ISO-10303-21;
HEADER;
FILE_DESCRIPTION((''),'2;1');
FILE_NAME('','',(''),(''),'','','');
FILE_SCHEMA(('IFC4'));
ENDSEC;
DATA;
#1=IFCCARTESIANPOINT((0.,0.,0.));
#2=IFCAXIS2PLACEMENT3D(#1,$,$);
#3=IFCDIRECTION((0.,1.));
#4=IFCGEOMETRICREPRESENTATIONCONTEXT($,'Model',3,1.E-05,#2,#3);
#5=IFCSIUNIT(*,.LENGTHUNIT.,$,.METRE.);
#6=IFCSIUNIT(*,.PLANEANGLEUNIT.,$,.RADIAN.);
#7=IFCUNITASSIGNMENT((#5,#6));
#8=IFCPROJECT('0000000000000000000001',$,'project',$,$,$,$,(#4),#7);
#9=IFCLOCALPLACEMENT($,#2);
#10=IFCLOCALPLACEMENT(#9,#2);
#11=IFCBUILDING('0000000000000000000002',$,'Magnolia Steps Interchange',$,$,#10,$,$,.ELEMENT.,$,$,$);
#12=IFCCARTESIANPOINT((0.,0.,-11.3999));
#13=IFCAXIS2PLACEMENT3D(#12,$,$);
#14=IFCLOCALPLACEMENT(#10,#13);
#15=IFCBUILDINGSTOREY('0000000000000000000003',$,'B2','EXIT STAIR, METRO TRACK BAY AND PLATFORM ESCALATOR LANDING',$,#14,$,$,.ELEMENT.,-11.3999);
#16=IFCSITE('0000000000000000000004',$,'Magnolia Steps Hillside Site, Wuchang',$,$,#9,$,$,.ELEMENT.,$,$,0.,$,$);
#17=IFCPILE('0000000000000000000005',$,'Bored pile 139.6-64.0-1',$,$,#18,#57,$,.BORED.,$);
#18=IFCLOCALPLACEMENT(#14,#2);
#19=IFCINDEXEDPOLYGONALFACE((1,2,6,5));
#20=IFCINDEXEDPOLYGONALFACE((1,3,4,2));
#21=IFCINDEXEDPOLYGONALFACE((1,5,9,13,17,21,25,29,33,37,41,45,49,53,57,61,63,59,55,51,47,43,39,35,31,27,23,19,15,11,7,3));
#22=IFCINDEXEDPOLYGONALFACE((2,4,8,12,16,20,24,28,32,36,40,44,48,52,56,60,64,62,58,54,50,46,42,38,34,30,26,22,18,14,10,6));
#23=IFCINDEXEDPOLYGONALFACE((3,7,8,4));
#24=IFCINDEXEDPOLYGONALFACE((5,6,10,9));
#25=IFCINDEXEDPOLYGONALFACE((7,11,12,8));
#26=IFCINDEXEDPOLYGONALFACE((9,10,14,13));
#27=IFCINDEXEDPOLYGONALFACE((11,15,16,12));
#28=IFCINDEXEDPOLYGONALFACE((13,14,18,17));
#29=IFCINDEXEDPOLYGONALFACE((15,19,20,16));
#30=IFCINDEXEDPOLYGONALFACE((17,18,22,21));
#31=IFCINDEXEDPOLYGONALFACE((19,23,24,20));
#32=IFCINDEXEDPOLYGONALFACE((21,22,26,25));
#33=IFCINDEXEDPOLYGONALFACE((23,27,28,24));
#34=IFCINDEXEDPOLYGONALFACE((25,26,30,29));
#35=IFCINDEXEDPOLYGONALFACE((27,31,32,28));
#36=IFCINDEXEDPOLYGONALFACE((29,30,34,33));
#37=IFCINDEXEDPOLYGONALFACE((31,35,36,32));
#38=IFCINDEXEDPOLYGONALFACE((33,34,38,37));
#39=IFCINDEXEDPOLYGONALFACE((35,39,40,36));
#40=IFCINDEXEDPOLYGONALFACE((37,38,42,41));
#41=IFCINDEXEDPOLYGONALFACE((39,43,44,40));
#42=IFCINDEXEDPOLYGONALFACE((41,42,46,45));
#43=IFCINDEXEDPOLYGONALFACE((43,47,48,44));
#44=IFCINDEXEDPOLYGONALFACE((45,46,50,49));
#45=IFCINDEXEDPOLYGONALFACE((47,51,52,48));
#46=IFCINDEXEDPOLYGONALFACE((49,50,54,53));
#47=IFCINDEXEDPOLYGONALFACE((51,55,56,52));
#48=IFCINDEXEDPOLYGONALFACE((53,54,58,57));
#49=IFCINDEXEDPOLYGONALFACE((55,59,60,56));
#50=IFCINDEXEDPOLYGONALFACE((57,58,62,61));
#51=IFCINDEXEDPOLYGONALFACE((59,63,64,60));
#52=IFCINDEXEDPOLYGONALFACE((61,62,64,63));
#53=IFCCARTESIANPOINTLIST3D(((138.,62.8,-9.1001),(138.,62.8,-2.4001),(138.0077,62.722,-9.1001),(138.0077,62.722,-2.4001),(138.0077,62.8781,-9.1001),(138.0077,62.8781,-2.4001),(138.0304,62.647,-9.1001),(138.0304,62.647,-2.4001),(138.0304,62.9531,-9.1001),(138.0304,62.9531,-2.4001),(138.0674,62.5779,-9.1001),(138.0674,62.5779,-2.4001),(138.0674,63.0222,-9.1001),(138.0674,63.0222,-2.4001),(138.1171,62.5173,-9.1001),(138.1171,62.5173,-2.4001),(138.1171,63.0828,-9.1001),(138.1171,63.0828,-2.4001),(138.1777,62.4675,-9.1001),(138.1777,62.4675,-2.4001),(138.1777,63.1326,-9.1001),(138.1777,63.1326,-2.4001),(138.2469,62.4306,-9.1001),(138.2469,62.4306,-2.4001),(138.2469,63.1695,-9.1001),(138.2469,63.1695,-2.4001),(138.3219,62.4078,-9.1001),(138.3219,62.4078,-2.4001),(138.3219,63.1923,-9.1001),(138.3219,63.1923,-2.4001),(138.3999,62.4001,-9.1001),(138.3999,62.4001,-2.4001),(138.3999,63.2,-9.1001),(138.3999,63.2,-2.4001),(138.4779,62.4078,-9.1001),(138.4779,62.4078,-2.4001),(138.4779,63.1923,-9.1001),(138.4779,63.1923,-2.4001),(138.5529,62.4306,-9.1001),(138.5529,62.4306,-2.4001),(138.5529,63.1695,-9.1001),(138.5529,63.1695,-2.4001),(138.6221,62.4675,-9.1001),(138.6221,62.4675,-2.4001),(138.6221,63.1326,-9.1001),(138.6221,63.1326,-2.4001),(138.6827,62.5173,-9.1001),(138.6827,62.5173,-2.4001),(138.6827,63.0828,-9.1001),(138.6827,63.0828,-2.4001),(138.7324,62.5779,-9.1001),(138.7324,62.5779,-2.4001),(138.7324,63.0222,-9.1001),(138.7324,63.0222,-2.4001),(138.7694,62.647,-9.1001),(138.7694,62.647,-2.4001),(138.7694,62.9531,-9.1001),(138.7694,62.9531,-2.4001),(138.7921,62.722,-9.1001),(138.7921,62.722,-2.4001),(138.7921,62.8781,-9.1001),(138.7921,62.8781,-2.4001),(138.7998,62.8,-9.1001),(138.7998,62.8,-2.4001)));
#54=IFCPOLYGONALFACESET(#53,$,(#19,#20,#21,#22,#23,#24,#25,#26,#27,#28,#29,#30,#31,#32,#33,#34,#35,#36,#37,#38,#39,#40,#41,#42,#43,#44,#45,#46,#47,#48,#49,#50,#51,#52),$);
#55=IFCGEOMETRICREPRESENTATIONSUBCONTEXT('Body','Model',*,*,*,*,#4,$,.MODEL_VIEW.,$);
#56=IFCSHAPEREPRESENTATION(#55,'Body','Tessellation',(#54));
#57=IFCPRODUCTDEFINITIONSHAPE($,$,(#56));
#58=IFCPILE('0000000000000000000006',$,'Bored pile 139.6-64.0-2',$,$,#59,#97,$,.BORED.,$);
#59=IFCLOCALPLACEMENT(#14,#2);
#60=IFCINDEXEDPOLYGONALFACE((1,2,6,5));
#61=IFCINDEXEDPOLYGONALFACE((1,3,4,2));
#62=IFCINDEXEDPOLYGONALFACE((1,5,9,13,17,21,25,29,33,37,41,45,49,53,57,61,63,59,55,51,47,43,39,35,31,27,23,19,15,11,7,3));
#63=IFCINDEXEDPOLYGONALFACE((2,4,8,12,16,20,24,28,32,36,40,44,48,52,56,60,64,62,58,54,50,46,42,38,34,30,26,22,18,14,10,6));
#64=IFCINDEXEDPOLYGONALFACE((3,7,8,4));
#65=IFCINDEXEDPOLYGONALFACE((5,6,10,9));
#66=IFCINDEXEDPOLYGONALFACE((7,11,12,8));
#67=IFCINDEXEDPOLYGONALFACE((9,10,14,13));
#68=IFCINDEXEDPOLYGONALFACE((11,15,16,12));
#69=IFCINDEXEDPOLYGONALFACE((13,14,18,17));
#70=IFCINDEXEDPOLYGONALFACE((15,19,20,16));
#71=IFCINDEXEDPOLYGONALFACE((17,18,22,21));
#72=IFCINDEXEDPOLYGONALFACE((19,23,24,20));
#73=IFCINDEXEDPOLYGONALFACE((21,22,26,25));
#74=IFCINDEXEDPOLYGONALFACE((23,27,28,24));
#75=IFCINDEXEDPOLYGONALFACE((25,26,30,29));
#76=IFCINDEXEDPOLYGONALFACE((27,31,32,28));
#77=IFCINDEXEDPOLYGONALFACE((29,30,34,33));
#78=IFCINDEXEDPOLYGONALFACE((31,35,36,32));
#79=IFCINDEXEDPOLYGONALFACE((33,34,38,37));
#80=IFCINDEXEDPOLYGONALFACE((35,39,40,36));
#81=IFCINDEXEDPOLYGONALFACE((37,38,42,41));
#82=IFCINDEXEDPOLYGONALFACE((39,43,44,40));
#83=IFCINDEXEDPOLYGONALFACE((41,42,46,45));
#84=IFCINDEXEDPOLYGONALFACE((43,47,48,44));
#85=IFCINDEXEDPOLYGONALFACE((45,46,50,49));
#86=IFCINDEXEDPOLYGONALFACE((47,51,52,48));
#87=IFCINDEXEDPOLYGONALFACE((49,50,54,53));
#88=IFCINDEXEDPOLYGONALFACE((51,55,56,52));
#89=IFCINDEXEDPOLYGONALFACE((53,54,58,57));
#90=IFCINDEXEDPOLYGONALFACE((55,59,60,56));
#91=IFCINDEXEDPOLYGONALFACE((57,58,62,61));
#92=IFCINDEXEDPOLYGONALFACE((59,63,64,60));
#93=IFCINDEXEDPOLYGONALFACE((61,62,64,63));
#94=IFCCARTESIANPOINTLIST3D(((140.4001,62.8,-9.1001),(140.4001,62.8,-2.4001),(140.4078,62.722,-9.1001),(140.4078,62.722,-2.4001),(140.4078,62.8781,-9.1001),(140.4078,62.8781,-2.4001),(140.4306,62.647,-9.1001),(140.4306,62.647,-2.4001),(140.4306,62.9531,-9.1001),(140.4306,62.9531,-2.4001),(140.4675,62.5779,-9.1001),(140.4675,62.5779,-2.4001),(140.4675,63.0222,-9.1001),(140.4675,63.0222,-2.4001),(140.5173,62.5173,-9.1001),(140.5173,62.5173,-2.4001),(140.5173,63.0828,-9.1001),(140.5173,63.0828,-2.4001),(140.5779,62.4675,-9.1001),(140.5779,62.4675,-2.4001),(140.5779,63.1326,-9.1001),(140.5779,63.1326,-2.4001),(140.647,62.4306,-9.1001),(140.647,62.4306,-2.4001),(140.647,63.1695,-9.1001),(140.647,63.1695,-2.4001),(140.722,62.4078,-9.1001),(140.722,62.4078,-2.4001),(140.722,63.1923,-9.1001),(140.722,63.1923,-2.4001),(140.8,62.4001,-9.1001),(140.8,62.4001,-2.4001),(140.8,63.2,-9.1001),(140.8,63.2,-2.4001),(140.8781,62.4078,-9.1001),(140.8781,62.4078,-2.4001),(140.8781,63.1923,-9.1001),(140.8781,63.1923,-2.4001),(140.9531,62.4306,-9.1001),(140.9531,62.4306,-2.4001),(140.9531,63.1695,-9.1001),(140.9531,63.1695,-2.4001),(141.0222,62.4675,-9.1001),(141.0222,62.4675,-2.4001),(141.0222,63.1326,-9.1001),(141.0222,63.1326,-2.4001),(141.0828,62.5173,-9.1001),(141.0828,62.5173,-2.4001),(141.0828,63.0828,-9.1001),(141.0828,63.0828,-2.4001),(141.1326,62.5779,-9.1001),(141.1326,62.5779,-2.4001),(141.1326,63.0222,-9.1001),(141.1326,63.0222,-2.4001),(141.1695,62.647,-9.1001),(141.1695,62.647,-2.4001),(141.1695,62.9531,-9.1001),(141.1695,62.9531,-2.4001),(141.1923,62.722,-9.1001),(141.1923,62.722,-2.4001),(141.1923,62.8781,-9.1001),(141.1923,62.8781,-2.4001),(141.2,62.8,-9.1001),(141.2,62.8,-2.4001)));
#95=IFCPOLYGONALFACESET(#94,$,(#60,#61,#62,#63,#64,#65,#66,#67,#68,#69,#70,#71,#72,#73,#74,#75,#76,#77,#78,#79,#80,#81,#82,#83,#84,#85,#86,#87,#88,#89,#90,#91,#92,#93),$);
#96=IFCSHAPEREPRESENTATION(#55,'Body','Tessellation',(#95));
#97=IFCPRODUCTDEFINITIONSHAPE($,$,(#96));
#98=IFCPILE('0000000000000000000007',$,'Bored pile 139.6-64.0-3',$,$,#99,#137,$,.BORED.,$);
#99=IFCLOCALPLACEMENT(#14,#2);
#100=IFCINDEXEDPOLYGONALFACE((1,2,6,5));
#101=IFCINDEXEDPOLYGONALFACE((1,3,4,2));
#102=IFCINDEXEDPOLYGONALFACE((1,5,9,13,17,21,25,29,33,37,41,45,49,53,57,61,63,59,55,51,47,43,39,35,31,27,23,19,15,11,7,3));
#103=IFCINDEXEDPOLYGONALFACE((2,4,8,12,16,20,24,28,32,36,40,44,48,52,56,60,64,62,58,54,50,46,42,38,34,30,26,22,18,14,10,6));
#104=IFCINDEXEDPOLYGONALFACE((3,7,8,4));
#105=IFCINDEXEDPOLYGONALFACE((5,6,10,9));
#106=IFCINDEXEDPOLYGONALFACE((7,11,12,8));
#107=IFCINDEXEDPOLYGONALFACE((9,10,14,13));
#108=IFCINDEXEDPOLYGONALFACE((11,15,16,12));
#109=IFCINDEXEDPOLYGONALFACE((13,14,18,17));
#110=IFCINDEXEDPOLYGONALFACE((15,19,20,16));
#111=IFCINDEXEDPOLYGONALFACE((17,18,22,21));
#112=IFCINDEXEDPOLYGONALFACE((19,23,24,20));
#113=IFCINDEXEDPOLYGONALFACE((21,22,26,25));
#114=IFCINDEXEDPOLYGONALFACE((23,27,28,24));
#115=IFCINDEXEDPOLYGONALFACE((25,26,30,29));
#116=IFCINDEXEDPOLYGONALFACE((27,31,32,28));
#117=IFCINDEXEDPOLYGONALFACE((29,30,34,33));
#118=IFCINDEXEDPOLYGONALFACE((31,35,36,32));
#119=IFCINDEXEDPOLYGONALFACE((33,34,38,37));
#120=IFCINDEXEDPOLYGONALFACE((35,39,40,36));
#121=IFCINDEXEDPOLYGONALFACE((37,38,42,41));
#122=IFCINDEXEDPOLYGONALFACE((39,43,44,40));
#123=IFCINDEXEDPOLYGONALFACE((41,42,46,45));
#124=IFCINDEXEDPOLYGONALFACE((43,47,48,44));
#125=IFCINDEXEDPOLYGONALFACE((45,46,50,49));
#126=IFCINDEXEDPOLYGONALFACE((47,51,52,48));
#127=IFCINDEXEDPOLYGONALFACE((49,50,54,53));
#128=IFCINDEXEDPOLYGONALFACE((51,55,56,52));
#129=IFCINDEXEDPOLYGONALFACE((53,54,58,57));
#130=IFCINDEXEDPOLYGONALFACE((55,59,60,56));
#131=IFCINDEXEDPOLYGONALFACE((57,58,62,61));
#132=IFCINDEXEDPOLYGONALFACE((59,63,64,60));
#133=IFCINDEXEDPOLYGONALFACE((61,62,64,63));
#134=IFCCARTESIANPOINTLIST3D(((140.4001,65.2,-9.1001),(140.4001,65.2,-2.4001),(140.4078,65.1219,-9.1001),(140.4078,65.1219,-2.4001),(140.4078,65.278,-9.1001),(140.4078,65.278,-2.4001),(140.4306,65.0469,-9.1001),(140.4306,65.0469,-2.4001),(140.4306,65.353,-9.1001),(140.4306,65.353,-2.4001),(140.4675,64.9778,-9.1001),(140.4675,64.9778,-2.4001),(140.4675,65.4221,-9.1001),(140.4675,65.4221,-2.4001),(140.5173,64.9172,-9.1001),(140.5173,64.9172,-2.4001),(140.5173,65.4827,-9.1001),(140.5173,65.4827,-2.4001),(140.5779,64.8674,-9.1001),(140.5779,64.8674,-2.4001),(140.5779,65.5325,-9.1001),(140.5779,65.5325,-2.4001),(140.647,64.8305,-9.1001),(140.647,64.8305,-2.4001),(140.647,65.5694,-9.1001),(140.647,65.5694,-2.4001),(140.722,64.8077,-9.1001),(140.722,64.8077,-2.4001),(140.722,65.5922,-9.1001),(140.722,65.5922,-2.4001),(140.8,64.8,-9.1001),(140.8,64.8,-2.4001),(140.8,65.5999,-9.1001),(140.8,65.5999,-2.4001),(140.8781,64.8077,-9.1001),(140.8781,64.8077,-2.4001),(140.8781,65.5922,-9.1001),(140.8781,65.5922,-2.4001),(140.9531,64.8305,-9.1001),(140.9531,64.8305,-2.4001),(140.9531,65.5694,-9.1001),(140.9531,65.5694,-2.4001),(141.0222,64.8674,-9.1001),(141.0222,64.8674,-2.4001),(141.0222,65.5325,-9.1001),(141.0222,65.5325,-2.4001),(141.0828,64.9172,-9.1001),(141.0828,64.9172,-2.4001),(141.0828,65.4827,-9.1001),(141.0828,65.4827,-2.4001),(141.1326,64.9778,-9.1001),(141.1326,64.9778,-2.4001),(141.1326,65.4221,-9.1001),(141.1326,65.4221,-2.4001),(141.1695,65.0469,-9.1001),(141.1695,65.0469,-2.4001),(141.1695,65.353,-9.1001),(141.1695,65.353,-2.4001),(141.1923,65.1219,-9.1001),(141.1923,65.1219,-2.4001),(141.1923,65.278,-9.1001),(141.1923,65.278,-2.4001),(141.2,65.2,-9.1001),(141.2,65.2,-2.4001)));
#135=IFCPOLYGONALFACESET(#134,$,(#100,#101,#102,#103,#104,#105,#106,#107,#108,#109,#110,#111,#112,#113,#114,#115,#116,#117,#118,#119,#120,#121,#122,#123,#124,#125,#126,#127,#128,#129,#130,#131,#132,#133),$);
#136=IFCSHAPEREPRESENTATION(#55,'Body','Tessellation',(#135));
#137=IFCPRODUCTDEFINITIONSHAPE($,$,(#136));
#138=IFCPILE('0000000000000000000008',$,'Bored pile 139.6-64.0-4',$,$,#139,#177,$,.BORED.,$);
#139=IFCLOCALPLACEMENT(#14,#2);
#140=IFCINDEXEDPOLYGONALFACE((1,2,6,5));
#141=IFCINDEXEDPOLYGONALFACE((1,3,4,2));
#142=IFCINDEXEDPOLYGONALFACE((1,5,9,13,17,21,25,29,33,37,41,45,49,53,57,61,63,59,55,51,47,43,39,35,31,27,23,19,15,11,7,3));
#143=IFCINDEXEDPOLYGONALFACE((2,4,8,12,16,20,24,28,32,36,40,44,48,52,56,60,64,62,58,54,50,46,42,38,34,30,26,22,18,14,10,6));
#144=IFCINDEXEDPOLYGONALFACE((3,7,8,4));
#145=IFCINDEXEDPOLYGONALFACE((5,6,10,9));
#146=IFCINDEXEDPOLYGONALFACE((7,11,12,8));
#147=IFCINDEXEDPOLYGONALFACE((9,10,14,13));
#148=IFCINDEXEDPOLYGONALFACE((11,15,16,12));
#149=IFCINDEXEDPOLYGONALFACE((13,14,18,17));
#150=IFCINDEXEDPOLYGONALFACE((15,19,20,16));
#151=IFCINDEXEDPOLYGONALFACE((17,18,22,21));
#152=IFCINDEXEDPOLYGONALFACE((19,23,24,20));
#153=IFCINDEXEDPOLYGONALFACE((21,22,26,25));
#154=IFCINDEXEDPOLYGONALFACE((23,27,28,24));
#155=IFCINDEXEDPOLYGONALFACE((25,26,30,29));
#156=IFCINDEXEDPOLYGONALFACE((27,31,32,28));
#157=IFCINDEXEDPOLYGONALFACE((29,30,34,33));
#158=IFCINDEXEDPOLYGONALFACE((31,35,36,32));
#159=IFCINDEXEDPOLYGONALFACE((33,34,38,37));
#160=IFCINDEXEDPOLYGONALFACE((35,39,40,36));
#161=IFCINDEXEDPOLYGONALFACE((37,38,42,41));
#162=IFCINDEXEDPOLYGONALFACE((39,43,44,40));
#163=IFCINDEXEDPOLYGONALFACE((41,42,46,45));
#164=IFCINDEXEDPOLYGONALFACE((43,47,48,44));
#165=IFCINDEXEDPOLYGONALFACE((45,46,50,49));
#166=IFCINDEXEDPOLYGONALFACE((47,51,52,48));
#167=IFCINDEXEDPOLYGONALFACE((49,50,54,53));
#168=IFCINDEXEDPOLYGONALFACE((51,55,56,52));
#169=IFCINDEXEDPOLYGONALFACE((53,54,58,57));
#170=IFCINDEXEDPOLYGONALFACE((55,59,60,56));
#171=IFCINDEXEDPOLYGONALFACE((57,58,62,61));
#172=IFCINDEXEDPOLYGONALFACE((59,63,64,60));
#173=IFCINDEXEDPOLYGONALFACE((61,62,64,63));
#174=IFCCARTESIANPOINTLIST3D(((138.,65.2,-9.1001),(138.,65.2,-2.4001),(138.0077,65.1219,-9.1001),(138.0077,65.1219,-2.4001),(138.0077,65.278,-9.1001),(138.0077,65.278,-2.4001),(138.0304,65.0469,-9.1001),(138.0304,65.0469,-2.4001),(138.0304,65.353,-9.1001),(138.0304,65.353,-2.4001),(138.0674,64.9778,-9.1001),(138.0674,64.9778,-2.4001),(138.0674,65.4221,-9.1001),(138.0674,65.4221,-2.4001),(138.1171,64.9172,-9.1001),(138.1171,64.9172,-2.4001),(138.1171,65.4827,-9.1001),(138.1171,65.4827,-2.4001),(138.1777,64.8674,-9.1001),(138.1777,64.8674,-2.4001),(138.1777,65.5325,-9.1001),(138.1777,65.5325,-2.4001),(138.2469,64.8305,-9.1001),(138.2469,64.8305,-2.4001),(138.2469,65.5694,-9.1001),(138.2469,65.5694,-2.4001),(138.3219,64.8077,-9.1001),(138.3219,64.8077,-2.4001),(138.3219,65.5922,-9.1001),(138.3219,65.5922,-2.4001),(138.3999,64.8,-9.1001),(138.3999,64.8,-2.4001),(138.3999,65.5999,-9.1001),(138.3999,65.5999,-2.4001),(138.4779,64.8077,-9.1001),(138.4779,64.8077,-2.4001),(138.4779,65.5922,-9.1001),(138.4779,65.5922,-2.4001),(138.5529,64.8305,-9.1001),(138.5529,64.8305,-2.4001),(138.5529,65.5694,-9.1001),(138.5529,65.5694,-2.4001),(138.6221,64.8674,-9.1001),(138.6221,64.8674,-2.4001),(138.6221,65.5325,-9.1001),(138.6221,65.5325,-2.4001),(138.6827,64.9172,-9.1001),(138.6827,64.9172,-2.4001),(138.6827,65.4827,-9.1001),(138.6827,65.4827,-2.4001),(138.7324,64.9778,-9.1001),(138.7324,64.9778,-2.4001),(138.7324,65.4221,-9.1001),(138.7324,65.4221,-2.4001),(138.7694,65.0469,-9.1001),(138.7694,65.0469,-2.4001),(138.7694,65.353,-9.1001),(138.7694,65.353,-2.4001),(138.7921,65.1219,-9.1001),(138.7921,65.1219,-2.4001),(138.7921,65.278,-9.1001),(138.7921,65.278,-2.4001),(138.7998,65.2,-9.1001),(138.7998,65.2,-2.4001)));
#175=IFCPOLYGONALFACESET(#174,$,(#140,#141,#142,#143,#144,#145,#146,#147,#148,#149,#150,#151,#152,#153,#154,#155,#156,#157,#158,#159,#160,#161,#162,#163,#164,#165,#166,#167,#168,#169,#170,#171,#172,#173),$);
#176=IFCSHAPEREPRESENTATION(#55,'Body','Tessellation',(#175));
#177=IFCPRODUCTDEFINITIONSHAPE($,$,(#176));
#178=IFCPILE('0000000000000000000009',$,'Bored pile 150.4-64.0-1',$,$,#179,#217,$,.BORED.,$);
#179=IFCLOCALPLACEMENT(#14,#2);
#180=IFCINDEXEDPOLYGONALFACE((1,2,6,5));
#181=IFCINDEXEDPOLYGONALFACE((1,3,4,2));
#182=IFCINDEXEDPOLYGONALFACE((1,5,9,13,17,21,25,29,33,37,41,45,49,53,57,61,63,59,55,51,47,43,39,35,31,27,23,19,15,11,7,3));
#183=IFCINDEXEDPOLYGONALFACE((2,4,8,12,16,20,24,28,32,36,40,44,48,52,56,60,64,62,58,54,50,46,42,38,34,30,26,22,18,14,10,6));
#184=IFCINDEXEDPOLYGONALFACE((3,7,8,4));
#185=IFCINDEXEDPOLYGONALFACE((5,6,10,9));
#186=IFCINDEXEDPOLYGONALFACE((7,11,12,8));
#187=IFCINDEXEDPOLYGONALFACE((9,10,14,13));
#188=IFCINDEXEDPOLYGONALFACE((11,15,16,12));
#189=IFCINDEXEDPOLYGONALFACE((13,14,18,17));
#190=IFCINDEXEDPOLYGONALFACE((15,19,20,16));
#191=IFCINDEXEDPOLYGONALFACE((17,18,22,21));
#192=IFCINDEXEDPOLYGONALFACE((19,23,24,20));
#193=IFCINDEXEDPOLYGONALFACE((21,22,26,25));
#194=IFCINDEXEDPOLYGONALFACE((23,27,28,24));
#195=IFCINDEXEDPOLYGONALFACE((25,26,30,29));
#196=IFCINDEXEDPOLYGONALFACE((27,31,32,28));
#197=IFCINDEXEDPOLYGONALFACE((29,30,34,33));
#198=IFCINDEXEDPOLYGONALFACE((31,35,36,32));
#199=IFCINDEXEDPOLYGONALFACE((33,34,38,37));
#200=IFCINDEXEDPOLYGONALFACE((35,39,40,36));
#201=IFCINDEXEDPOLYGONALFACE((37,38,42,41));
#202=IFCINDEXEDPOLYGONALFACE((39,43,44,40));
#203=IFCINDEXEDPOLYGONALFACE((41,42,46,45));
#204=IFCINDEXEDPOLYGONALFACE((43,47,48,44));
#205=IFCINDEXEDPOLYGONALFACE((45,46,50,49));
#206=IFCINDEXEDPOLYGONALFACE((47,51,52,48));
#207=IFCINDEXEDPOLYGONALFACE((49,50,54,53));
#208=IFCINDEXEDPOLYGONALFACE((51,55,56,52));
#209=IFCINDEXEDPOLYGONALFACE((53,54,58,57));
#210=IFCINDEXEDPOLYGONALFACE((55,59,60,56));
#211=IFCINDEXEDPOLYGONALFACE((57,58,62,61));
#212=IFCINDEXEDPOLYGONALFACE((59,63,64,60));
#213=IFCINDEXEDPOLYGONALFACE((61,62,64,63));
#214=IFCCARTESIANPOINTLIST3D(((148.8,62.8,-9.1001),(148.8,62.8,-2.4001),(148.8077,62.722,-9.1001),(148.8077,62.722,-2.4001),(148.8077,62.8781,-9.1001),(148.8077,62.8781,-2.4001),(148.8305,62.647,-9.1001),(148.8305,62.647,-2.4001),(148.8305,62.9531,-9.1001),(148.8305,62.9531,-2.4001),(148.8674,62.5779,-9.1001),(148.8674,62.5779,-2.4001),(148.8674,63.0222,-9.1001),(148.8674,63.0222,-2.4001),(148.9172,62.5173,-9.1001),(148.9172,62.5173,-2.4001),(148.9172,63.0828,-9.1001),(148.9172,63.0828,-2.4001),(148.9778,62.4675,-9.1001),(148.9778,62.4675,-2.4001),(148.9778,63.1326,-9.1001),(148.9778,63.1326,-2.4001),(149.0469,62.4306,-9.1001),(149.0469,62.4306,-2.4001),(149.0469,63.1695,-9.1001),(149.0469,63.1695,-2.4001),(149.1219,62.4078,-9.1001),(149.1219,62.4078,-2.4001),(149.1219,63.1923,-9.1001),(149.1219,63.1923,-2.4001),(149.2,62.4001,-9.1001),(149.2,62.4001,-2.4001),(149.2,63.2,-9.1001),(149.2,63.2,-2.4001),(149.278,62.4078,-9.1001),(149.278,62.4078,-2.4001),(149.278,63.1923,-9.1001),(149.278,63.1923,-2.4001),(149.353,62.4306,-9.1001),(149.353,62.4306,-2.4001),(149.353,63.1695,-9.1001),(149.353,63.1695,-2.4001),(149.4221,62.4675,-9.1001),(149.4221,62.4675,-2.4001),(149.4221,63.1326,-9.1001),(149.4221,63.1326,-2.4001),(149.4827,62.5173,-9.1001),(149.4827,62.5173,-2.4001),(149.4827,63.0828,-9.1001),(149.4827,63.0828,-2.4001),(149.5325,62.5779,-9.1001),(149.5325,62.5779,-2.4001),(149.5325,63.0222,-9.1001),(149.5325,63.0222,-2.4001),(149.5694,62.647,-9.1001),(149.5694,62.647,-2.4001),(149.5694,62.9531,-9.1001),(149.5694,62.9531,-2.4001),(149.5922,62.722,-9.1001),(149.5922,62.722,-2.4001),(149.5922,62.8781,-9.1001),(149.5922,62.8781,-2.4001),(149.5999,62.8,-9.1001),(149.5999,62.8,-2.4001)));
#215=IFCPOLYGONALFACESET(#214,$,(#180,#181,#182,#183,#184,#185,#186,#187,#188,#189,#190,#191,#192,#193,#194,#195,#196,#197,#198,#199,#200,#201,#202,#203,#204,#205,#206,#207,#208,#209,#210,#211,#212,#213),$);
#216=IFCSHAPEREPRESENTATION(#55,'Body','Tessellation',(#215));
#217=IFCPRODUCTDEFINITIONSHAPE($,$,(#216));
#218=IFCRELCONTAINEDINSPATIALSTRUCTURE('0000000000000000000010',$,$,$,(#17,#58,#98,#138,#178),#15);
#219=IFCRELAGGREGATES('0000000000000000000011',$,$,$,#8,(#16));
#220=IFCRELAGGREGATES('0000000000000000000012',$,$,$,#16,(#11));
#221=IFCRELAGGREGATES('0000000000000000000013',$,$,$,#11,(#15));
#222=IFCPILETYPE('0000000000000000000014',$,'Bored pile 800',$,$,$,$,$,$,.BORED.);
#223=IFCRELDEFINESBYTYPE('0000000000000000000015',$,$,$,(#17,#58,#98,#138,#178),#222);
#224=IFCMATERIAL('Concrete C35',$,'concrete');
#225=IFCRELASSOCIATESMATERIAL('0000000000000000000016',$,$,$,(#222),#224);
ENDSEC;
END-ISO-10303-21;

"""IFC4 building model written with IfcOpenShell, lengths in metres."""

from ifc_helpers import new_model, si_unit, direction, frame, origin, origin_2d, place, context, subcontext, project, spatial, circle, extrude, material, material_profile, profile_set, type_object, element, save


model = new_model("IFC4")

# Units and contexts
model_context = context("Model", 3, precision=1e-05, world=origin(), true_north=direction((0.0, 1.0)))
body_context = subcontext(model_context, "Body", "Model", "MODEL_VIEW")
ifc_project = project(units=[si_unit("LENGTHUNIT", "METRE"), si_unit("PLANEANGLEUNIT", "RADIAN")], contexts=[model_context])

# Site, building, storey
site_placement = place(None, origin())
site = spatial("IfcSite", under=ifc_project, at=site_placement, Name="Magnolia Steps Hillside Site, Wuchang", CompositionType="ELEMENT", RefElevation=0.0)
building_placement = place(site_placement, origin())
building = spatial("IfcBuilding", under=site, at=building_placement, Name="Magnolia Steps Interchange", CompositionType="ELEMENT")
storey_placement = place(building_placement, frame((0.0, 0.0, -11.3999)))
storey = spatial("IfcBuildingStorey", under=building, at=storey_placement, Name="B2", Description="EXIT STAIR, METRO TRACK BAY AND PLATFORM ESCALATOR LANDING", CompositionType="ELEMENT", Elevation=-11.3999)

# Piles
ifc_material_1 = material(Name="Concrete C35", Category="concrete")
ifc_material_profile_1 = material_profile(ifc_material_1, circle(Radius=0.3999, at=origin_2d()), Name="Bored pile 800")
ifc_profile_set_1 = profile_set([ifc_material_profile_1], Name="Concrete C35")
pile_type_1 = type_object("IfcPileType", Name="Bored pile 800", PredefinedType="BORED", material=ifc_profile_set_1)
for number, where, z_axis, x_axis, name in (
    (1, (138.3999, 62.8, -2.4001), (0.0, 0.0, -1.0), (1.0, 0.0, 0.0), "Bored pile 139.6-64.0-1"),
    (2, (140.8, 62.8, -2.4001), (0.0, 0.0, -1.0), (1.0, 0.0, 0.0), "Bored pile 139.6-64.0-2"),
    (3, (140.8, 65.2, -2.4001), (0.0, 0.0, -1.0), (1.0, 0.0, 0.0), "Bored pile 139.6-64.0-3"),
    (4, (138.3999, 65.2, -2.4001), (0.0, 0.0, -1.0), (1.0, 0.0, 0.0), "Bored pile 139.6-64.0-4"),
    (5, (149.2, 62.8, -2.4001), (0.0, 0.0, -1.0), (1.0, 0.0, 0.0), "Bored pile 150.4-64.0-1"),
):
    element("IfcPile", number, at=place(storey_placement, frame(where, z_axis=z_axis, x_axis=x_axis)), inside=storey, type_object=pile_type_1, Name=name, PredefinedType="BORED", context=body_context, shape_type="SweptSolid", body=[
        extrude(circle(Radius=0.3999, at=origin_2d()), origin(), (0.0, 0.0, 1.0), 6.7),
    ])

save(model, "model.ifc")
